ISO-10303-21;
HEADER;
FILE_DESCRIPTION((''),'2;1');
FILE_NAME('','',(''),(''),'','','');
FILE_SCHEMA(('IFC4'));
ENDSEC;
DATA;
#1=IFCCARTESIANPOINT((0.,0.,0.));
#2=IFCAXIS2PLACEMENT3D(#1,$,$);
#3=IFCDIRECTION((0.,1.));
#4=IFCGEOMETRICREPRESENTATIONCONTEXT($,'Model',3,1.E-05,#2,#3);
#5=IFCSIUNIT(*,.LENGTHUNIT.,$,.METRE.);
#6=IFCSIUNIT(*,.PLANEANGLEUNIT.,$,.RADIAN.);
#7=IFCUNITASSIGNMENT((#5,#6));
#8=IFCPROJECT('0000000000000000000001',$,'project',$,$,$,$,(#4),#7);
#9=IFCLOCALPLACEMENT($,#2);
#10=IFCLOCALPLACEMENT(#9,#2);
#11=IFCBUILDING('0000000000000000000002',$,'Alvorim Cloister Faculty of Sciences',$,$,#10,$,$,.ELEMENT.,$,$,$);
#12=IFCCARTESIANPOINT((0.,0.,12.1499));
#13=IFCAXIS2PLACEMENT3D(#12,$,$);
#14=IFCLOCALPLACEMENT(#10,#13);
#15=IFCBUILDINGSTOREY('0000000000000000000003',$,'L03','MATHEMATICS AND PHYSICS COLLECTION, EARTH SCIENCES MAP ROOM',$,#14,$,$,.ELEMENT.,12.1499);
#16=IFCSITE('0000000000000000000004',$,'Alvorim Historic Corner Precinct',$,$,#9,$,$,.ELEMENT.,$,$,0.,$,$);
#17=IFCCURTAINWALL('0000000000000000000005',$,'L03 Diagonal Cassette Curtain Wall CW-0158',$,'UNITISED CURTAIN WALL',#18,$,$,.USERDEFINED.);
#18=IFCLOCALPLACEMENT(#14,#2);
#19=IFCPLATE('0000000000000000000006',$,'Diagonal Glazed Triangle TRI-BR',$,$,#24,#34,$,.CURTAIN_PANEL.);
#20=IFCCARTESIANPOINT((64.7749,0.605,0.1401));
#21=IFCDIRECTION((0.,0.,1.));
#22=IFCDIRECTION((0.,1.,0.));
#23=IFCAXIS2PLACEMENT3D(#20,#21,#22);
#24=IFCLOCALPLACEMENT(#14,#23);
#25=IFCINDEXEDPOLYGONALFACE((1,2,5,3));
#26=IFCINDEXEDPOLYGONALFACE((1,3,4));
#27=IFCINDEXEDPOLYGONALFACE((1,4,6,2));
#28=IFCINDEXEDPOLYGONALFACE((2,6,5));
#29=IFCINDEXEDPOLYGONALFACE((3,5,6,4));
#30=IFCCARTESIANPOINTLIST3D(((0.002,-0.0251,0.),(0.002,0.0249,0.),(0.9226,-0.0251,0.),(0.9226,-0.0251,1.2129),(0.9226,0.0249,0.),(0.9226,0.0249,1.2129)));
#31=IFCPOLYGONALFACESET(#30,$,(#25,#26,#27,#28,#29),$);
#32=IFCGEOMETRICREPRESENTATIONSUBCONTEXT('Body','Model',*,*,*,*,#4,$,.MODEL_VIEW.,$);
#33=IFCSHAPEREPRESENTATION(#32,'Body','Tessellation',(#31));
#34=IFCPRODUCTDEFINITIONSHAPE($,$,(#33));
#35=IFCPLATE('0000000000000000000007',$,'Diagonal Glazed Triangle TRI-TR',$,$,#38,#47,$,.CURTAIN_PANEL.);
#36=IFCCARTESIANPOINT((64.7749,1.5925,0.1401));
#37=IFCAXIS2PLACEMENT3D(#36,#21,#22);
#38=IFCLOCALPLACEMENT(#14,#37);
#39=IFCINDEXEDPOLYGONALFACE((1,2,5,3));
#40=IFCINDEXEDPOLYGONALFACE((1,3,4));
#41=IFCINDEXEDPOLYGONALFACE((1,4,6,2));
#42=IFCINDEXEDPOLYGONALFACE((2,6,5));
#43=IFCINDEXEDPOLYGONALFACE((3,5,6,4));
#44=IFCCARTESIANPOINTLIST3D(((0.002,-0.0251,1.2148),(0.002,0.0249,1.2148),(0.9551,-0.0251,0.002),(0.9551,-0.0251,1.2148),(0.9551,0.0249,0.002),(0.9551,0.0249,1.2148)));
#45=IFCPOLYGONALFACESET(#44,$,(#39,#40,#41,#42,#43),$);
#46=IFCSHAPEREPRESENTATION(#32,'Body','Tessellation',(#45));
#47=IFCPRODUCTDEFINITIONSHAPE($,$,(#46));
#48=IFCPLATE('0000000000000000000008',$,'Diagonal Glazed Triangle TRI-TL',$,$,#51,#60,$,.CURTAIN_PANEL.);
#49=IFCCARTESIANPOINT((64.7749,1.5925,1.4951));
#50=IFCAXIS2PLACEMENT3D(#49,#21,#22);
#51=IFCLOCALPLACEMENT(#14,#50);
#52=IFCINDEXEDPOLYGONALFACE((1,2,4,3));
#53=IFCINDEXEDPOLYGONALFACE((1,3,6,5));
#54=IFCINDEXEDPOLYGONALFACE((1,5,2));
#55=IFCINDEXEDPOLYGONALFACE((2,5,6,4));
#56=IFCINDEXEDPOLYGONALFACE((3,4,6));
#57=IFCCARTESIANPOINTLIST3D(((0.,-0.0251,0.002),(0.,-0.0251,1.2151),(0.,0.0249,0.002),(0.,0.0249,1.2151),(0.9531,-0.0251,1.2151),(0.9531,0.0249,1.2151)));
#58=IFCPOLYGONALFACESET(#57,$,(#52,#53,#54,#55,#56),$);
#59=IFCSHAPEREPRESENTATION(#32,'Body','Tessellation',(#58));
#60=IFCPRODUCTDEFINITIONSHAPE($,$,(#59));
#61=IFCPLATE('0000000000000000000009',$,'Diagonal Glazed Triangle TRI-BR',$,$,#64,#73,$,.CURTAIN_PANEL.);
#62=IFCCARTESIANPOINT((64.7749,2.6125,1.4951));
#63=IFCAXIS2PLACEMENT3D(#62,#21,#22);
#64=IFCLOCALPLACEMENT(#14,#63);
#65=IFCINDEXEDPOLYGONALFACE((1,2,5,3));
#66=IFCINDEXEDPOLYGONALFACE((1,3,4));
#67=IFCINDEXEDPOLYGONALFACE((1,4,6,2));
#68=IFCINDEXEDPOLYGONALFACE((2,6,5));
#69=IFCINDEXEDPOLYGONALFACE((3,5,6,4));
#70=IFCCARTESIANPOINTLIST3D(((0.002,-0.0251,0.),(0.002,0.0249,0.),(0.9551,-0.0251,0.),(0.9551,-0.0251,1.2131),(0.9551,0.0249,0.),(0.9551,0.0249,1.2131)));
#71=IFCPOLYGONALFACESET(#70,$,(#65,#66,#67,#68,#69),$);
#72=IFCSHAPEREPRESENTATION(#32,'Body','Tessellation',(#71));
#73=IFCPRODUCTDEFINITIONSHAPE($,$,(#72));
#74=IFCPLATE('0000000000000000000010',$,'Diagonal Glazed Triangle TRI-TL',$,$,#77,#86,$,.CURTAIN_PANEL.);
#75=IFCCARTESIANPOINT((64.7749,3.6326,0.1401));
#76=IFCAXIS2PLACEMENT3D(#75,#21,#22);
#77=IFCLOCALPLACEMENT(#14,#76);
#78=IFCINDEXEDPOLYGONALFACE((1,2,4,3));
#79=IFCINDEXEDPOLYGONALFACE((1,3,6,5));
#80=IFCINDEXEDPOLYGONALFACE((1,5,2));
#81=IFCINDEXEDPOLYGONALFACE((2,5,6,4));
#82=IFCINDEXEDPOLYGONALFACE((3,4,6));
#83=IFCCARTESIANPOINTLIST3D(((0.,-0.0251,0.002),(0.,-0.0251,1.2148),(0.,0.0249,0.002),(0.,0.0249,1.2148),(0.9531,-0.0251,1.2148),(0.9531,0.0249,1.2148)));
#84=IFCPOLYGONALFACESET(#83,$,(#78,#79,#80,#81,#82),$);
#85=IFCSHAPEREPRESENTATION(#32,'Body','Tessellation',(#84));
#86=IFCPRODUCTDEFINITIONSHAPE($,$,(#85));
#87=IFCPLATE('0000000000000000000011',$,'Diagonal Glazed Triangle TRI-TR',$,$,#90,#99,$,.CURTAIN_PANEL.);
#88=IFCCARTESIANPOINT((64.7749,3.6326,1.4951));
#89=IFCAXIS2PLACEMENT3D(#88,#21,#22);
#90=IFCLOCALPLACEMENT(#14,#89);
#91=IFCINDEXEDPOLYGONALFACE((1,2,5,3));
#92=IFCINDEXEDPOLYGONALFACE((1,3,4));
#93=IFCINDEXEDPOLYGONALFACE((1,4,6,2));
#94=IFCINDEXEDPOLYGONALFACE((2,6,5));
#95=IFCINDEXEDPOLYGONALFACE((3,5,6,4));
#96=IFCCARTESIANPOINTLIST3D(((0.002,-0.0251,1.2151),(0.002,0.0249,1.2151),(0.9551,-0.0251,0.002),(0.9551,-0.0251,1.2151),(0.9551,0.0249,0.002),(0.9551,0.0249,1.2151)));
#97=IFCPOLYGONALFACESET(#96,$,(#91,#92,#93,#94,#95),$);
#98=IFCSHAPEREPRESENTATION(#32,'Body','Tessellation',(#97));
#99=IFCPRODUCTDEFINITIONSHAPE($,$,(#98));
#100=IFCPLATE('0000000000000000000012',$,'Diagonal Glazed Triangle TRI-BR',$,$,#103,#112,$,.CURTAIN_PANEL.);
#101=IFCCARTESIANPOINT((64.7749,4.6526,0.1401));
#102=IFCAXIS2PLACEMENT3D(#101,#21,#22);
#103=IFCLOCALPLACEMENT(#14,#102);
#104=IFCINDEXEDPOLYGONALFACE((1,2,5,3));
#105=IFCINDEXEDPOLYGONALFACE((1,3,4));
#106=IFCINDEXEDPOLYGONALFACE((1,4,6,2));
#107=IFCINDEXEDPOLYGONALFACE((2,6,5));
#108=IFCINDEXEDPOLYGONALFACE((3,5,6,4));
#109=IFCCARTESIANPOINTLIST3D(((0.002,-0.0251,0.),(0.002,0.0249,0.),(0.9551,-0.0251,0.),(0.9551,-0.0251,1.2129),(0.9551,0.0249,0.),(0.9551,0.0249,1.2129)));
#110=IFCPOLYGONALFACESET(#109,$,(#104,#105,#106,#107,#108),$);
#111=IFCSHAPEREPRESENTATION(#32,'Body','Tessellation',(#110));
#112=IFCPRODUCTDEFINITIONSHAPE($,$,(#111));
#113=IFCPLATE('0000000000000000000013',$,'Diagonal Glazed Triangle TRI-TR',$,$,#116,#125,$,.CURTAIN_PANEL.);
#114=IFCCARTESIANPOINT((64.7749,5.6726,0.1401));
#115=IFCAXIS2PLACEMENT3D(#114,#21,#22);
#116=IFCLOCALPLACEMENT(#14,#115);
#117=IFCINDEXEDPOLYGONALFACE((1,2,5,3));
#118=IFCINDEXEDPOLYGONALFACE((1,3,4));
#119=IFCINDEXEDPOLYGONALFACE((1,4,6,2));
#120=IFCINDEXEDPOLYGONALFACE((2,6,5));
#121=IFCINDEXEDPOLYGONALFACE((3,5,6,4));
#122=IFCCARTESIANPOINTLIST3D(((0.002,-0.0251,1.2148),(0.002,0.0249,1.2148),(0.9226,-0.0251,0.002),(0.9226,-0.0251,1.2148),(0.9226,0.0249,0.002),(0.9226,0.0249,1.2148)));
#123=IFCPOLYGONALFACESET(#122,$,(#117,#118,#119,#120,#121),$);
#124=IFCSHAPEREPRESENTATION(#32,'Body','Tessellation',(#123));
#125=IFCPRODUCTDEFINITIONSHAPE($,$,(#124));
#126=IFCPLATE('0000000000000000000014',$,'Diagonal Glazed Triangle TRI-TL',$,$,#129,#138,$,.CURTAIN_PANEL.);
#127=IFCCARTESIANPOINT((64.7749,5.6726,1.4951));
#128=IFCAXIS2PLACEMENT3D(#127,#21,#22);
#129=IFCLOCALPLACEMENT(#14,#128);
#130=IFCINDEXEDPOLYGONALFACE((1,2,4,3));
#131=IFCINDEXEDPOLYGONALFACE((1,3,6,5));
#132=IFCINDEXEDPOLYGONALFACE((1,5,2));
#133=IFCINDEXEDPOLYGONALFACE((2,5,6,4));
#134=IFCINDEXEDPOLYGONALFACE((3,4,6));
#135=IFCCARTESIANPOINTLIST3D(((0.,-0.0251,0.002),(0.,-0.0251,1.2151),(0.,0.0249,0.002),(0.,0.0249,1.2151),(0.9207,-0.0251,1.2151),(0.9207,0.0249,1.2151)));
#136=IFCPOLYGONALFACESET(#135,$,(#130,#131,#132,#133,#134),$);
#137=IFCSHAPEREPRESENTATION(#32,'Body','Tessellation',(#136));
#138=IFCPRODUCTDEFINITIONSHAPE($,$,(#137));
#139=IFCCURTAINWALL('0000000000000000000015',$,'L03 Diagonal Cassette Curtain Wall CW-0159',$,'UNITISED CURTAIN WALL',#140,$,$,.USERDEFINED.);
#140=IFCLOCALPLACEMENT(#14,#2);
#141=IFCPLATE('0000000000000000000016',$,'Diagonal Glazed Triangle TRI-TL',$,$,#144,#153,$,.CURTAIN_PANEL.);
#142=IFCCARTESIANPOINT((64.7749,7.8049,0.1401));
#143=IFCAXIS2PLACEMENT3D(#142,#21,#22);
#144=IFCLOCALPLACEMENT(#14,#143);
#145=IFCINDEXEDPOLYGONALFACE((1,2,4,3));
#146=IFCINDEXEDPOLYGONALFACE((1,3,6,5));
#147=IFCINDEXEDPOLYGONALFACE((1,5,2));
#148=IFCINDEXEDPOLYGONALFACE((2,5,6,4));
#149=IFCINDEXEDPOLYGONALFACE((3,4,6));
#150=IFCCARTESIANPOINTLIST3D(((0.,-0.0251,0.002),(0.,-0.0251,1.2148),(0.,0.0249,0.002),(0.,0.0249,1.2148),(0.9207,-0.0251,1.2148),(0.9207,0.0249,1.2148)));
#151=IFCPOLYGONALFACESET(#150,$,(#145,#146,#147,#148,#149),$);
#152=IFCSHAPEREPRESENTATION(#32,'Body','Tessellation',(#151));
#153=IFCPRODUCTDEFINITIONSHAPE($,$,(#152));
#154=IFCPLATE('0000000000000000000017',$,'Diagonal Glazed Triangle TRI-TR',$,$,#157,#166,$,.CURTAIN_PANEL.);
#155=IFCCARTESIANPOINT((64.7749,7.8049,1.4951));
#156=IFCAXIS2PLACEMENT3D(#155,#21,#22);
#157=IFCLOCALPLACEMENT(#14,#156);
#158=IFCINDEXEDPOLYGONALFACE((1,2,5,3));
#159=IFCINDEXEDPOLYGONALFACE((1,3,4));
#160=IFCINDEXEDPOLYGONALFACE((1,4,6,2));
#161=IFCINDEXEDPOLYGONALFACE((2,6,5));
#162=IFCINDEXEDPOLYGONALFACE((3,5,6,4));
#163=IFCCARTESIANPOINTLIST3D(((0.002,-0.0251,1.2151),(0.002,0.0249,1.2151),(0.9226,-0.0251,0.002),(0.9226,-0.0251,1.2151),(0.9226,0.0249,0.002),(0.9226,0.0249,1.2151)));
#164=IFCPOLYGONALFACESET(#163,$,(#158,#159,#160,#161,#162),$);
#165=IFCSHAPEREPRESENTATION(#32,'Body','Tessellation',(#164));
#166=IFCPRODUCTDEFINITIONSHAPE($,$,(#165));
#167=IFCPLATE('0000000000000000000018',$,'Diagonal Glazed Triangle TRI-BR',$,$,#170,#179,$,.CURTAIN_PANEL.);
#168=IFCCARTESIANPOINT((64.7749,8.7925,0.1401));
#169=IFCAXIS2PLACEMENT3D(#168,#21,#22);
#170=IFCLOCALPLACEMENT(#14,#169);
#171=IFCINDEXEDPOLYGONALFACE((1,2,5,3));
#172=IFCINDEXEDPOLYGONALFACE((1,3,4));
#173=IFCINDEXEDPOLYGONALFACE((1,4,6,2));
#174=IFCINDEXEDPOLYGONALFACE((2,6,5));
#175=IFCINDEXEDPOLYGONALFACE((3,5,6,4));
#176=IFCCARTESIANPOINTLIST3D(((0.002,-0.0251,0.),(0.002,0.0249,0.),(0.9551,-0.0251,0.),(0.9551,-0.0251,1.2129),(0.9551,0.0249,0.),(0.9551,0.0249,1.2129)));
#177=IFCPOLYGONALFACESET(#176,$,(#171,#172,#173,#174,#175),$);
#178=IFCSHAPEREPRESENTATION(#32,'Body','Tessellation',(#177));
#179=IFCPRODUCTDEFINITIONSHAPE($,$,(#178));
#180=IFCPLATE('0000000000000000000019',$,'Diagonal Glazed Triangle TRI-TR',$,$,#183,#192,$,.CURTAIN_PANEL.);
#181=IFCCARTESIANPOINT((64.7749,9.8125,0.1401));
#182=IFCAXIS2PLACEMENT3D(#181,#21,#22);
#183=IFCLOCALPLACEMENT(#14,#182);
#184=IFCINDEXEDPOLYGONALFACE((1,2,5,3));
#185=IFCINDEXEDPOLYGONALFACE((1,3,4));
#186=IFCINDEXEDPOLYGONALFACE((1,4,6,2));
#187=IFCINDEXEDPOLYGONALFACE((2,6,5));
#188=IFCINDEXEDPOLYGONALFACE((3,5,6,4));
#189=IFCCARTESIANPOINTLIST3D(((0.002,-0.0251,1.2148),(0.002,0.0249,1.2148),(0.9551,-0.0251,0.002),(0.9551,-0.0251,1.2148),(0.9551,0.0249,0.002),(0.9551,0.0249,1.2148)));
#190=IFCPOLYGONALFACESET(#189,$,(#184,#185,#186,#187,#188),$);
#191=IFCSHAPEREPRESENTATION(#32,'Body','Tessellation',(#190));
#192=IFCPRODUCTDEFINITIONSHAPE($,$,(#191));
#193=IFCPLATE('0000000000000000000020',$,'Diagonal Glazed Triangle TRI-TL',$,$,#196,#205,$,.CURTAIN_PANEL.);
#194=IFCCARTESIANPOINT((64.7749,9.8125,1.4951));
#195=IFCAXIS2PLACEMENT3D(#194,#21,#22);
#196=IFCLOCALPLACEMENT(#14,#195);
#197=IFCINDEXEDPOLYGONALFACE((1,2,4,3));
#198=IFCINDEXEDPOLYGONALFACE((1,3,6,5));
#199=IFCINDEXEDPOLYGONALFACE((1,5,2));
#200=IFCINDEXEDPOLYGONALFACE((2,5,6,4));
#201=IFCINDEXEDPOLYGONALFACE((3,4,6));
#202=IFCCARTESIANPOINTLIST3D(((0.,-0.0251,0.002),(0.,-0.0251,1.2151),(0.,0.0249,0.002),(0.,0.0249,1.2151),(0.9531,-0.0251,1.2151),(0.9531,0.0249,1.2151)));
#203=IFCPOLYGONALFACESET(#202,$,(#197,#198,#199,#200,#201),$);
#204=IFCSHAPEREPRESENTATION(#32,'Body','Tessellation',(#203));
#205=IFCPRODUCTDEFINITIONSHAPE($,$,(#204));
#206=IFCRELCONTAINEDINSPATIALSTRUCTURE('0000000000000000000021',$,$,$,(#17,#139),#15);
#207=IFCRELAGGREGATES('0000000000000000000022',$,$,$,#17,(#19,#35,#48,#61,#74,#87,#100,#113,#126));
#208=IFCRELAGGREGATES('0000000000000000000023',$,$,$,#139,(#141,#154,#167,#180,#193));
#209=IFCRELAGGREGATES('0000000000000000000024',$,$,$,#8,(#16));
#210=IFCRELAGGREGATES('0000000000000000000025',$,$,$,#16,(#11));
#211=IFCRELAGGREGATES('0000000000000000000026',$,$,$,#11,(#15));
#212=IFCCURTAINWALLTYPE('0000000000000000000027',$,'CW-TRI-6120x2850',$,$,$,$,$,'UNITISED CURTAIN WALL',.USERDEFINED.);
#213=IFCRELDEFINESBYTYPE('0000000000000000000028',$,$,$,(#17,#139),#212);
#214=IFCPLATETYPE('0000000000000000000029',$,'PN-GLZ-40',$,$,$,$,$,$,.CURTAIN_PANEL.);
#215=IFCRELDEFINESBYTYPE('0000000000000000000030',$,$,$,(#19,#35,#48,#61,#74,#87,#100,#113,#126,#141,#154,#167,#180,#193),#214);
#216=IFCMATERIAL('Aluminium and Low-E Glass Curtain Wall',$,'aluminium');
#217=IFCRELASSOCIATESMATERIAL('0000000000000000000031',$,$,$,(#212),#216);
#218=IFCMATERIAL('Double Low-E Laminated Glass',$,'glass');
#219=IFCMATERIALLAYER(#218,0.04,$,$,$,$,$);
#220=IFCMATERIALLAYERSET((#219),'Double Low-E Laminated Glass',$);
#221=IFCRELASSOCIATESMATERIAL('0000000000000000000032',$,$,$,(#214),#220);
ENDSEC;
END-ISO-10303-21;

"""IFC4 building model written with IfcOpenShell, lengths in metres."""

from ifc_helpers import new_model, si_unit, direction, frame, origin, place, context, subcontext, project, spatial, polyline, outline, extrude, material, layer, layer_set, type_object, element, aggregate, save


model = new_model("IFC4")

# Units and contexts
model_context = context("Model", 3, precision=1e-05, world=origin(), true_north=direction((0.0, 1.0)))
body_context = subcontext(model_context, "Body", "Model", "MODEL_VIEW")
ifc_project = project(units=[si_unit("LENGTHUNIT", "METRE"), si_unit("PLANEANGLEUNIT", "RADIAN")], contexts=[model_context])

# Site, building, storey
site_placement = place(None, origin())
site = spatial("IfcSite", under=ifc_project, at=site_placement, Name="Alvorim Historic Corner Precinct", CompositionType="ELEMENT", RefElevation=0.0)
building_placement = place(site_placement, origin())
building = spatial("IfcBuilding", under=site, at=building_placement, Name="Alvorim Cloister Faculty of Sciences", CompositionType="ELEMENT")
storey_placement = place(building_placement, frame((0.0, 0.0, 12.1499)))
storey = spatial("IfcBuildingStorey", under=building, at=storey_placement, Name="L03", Description="MATHEMATICS AND PHYSICS COLLECTION, EARTH SCIENCES MAP ROOM", CompositionType="ELEMENT", Elevation=12.1499)

# Curtain walls, plates
ifc_material_1 = material(Name="Aluminium and Low-E Glass Curtain Wall", Category="aluminium")
curtain_wall_type = type_object("IfcCurtainWallType", Name="CW-TRI-6120x2850", ElementType="UNITISED CURTAIN WALL", PredefinedType="USERDEFINED", material=ifc_material_1)
curtain_wall_1_placement = place(storey_placement, origin())
curtain_wall_1 = element("IfcCurtainWall", 1, at=curtain_wall_1_placement, inside=storey, type_object=curtain_wall_type, Name="L03 Diagonal Cassette Curtain Wall CW-0158", ObjectType="UNITISED CURTAIN WALL", PredefinedType="USERDEFINED")
ifc_material_2 = material(Name="Double Low-E Laminated Glass", Category="glass")
ifc_layer_1 = layer(ifc_material_2, 0.04)
ifc_layer_set_1 = layer_set([ifc_layer_1], Name="Double Low-E Laminated Glass")
plate_type = type_object("IfcPlateType", Name="PN-GLZ-40", PredefinedType="CURTAIN_PANEL", material=ifc_layer_set_1)
plate_1_placement = place(storey_placement, frame((64.7749, 0.605, 0.1401), z_axis=(0.0, 0.0, 1.0), x_axis=(0.0, 1.0, 0.0)))
plate_1 = element("IfcPlate", 2, at=plate_1_placement, type_object=plate_type, Name="Diagonal Glazed Triangle TRI-BR", PredefinedType="CURTAIN_PANEL", context=body_context, shape_type="SweptSolid", body=[
    extrude(outline(polyline([(0.002, 0.0), (0.9226, 0.0), (0.9226, 1.2129), (0.002, 0.0)])), frame((0.0, 0.0249, 0.0), z_axis=(0.0, -1.0, 0.0), x_axis=(1.0, 0.0, 0.0)), (0.0, 0.0, 1.0), 0.05),
])
plate_2_placement = place(storey_placement, frame((64.7749, 1.5925, 0.1401), z_axis=(0.0, 0.0, 1.0), x_axis=(0.0, 1.0, 0.0)))
plate_2 = element("IfcPlate", 3, at=plate_2_placement, type_object=plate_type, Name="Diagonal Glazed Triangle TRI-TR", PredefinedType="CURTAIN_PANEL", context=body_context, shape_type="SweptSolid", body=[
    extrude(outline(polyline([(0.9551, 0.002), (0.9551, 1.2148), (0.002, 1.2148), (0.9551, 0.002)])), frame((0.0, 0.0249, 0.0), z_axis=(0.0, -1.0, 0.0), x_axis=(1.0, 0.0, 0.0)), (0.0, 0.0, 1.0), 0.05),
])
plate_3_placement = place(storey_placement, frame((64.7749, 1.5925, 1.4951), z_axis=(0.0, 0.0, 1.0), x_axis=(0.0, 1.0, 0.0)))
plate_3 = element("IfcPlate", 4, at=plate_3_placement, type_object=plate_type, Name="Diagonal Glazed Triangle TRI-TL", PredefinedType="CURTAIN_PANEL", context=body_context, shape_type="SweptSolid", body=[
    extrude(outline(polyline([(0.9531, 1.2151), (0.0, 1.2151), (0.0, 0.002), (0.9531, 1.2151)])), frame((0.0, 0.0249, 0.0), z_axis=(0.0, -1.0, 0.0), x_axis=(1.0, 0.0, 0.0)), (0.0, 0.0, 1.0), 0.05),
])
plate_4_placement = place(storey_placement, frame((64.7749, 2.6125, 1.4951), z_axis=(0.0, 0.0, 1.0), x_axis=(0.0, 1.0, 0.0)))
plate_4 = element("IfcPlate", 5, at=plate_4_placement, type_object=plate_type, Name="Diagonal Glazed Triangle TRI-BR", PredefinedType="CURTAIN_PANEL", context=body_context, shape_type="SweptSolid", body=[
    extrude(outline(polyline([(0.002, 0.0), (0.9551, 0.0), (0.9551, 1.2131), (0.002, 0.0)])), frame((0.0, 0.0249, 0.0), z_axis=(0.0, -1.0, 0.0), x_axis=(1.0, 0.0, 0.0)), (0.0, 0.0, 1.0), 0.05),
])
plate_5_placement = place(storey_placement, frame((64.7749, 3.6326, 0.1401), z_axis=(0.0, 0.0, 1.0), x_axis=(0.0, 1.0, 0.0)))
plate_5 = element("IfcPlate", 6, at=plate_5_placement, type_object=plate_type, Name="Diagonal Glazed Triangle TRI-TL", PredefinedType="CURTAIN_PANEL", context=body_context, shape_type="SweptSolid", body=[
    extrude(outline(polyline([(0.9531, 1.2148), (0.0, 1.2148), (0.0, 0.002), (0.9531, 1.2148)])), frame((0.0, 0.0249, 0.0), z_axis=(0.0, -1.0, 0.0), x_axis=(1.0, 0.0, 0.0)), (0.0, 0.0, 1.0), 0.05),
])
plate_6_placement = place(storey_placement, frame((64.7749, 3.6326, 1.4951), z_axis=(0.0, 0.0, 1.0), x_axis=(0.0, 1.0, 0.0)))
plate_6 = element("IfcPlate", 7, at=plate_6_placement, type_object=plate_type, Name="Diagonal Glazed Triangle TRI-TR", PredefinedType="CURTAIN_PANEL", context=body_context, shape_type="SweptSolid", body=[
    extrude(outline(polyline([(0.9551, 0.002), (0.9551, 1.2151), (0.002, 1.2151), (0.9551, 0.002)])), frame((0.0, 0.0249, 0.0), z_axis=(0.0, -1.0, 0.0), x_axis=(1.0, 0.0, 0.0)), (0.0, 0.0, 1.0), 0.05),
])
plate_7_placement = place(storey_placement, frame((64.7749, 4.6526, 0.1401), z_axis=(0.0, 0.0, 1.0), x_axis=(0.0, 1.0, 0.0)))
plate_7 = element("IfcPlate", 8, at=plate_7_placement, type_object=plate_type, Name="Diagonal Glazed Triangle TRI-BR", PredefinedType="CURTAIN_PANEL", context=body_context, shape_type="SweptSolid", body=[
    extrude(outline(polyline([(0.002, 0.0), (0.9551, 0.0), (0.9551, 1.2129), (0.002, 0.0)])), frame((0.0, 0.0249, 0.0), z_axis=(0.0, -1.0, 0.0), x_axis=(1.0, 0.0, 0.0)), (0.0, 0.0, 1.0), 0.05),
])
plate_8_placement = place(storey_placement, frame((64.7749, 5.6726, 0.1401), z_axis=(0.0, 0.0, 1.0), x_axis=(0.0, 1.0, 0.0)))
plate_8 = element("IfcPlate", 9, at=plate_8_placement, type_object=plate_type, Name="Diagonal Glazed Triangle TRI-TR", PredefinedType="CURTAIN_PANEL", context=body_context, shape_type="SweptSolid", body=[
    extrude(outline(polyline([(0.9226, 0.002), (0.9226, 1.2148), (0.002, 1.2148), (0.9226, 0.002)])), frame((0.0, 0.0249, 0.0), z_axis=(0.0, -1.0, 0.0), x_axis=(1.0, 0.0, 0.0)), (0.0, 0.0, 1.0), 0.05),
])
plate_9_placement = place(storey_placement, frame((64.7749, 5.6726, 1.4951), z_axis=(0.0, 0.0, 1.0), x_axis=(0.0, 1.0, 0.0)))
plate_9 = element("IfcPlate", 10, at=plate_9_placement, type_object=plate_type, Name="Diagonal Glazed Triangle TRI-TL", PredefinedType="CURTAIN_PANEL", context=body_context, shape_type="SweptSolid", body=[
    extrude(outline(polyline([(0.9207, 1.2151), (0.0, 1.2151), (0.0, 0.002), (0.9207, 1.2151)])), frame((0.0, 0.0249, 0.0), z_axis=(0.0, -1.0, 0.0), x_axis=(1.0, 0.0, 0.0)), (0.0, 0.0, 1.0), 0.05),
])
aggregate(curtain_wall_1, [plate_1, plate_2, plate_3, plate_4, plate_5, plate_6, plate_7, plate_8, plate_9])
curtain_wall_2_placement = place(storey_placement, origin())
curtain_wall_2 = element("IfcCurtainWall", 11, at=curtain_wall_2_placement, inside=storey, type_object=curtain_wall_type, Name="L03 Diagonal Cassette Curtain Wall CW-0159", ObjectType="UNITISED CURTAIN WALL", PredefinedType="USERDEFINED")
plate_10_placement = place(storey_placement, frame((64.7749, 7.8049, 0.1401), z_axis=(0.0, 0.0, 1.0), x_axis=(0.0, 1.0, 0.0)))
plate_10 = element("IfcPlate", 12, at=plate_10_placement, type_object=plate_type, Name="Diagonal Glazed Triangle TRI-TL", PredefinedType="CURTAIN_PANEL", context=body_context, shape_type="SweptSolid", body=[
    extrude(outline(polyline([(0.9207, 1.2148), (0.0, 1.2148), (0.0, 0.002), (0.9207, 1.2148)])), frame((0.0, 0.0249, 0.0), z_axis=(0.0, -1.0, 0.0), x_axis=(1.0, 0.0, 0.0)), (0.0, 0.0, 1.0), 0.05),
])
plate_11_placement = place(storey_placement, frame((64.7749, 7.8049, 1.4951), z_axis=(0.0, 0.0, 1.0), x_axis=(0.0, 1.0, 0.0)))
plate_11 = element("IfcPlate", 13, at=plate_11_placement, type_object=plate_type, Name="Diagonal Glazed Triangle TRI-TR", PredefinedType="CURTAIN_PANEL", context=body_context, shape_type="SweptSolid", body=[
    extrude(outline(polyline([(0.9226, 0.002), (0.9226, 1.2151), (0.002, 1.2151), (0.9226, 0.002)])), frame((0.0, 0.0249, 0.0), z_axis=(0.0, -1.0, 0.0), x_axis=(1.0, 0.0, 0.0)), (0.0, 0.0, 1.0), 0.05),
])
plate_12_placement = place(storey_placement, frame((64.7749, 8.7925, 0.1401), z_axis=(0.0, 0.0, 1.0), x_axis=(0.0, 1.0, 0.0)))
plate_12 = element("IfcPlate", 14, at=plate_12_placement, type_object=plate_type, Name="Diagonal Glazed Triangle TRI-BR", PredefinedType="CURTAIN_PANEL", context=body_context, shape_type="SweptSolid", body=[
    extrude(outline(polyline([(0.002, 0.0), (0.9551, 0.0), (0.9551, 1.2129), (0.002, 0.0)])), frame((0.0, 0.0249, 0.0), z_axis=(0.0, -1.0, 0.0), x_axis=(1.0, 0.0, 0.0)), (0.0, 0.0, 1.0), 0.05),
])
plate_13_placement = place(storey_placement, frame((64.7749, 9.8125, 0.1401), z_axis=(0.0, 0.0, 1.0), x_axis=(0.0, 1.0, 0.0)))
plate_13 = element("IfcPlate", 15, at=plate_13_placement, type_object=plate_type, Name="Diagonal Glazed Triangle TRI-TR", PredefinedType="CURTAIN_PANEL", context=body_context, shape_type="SweptSolid", body=[
    extrude(outline(polyline([(0.9551, 0.002), (0.9551, 1.2148), (0.002, 1.2148), (0.9551, 0.002)])), frame((0.0, 0.0249, 0.0), z_axis=(0.0, -1.0, 0.0), x_axis=(1.0, 0.0, 0.0)), (0.0, 0.0, 1.0), 0.05),
])
plate_14_placement = place(storey_placement, frame((64.7749, 9.8125, 1.4951), z_axis=(0.0, 0.0, 1.0), x_axis=(0.0, 1.0, 0.0)))
plate_14 = element("IfcPlate", 16, at=plate_14_placement, type_object=plate_type, Name="Diagonal Glazed Triangle TRI-TL", PredefinedType="CURTAIN_PANEL", context=body_context, shape_type="SweptSolid", body=[
    extrude(outline(polyline([(0.9531, 1.2151), (0.0, 1.2151), (0.0, 0.002), (0.9531, 1.2151)])), frame((0.0, 0.0249, 0.0), z_axis=(0.0, -1.0, 0.0), x_axis=(1.0, 0.0, 0.0)), (0.0, 0.0, 1.0), 0.05),
])
aggregate(curtain_wall_2, [plate_10, plate_11, plate_12, plate_13, plate_14])

save(model, "model.ifc")
